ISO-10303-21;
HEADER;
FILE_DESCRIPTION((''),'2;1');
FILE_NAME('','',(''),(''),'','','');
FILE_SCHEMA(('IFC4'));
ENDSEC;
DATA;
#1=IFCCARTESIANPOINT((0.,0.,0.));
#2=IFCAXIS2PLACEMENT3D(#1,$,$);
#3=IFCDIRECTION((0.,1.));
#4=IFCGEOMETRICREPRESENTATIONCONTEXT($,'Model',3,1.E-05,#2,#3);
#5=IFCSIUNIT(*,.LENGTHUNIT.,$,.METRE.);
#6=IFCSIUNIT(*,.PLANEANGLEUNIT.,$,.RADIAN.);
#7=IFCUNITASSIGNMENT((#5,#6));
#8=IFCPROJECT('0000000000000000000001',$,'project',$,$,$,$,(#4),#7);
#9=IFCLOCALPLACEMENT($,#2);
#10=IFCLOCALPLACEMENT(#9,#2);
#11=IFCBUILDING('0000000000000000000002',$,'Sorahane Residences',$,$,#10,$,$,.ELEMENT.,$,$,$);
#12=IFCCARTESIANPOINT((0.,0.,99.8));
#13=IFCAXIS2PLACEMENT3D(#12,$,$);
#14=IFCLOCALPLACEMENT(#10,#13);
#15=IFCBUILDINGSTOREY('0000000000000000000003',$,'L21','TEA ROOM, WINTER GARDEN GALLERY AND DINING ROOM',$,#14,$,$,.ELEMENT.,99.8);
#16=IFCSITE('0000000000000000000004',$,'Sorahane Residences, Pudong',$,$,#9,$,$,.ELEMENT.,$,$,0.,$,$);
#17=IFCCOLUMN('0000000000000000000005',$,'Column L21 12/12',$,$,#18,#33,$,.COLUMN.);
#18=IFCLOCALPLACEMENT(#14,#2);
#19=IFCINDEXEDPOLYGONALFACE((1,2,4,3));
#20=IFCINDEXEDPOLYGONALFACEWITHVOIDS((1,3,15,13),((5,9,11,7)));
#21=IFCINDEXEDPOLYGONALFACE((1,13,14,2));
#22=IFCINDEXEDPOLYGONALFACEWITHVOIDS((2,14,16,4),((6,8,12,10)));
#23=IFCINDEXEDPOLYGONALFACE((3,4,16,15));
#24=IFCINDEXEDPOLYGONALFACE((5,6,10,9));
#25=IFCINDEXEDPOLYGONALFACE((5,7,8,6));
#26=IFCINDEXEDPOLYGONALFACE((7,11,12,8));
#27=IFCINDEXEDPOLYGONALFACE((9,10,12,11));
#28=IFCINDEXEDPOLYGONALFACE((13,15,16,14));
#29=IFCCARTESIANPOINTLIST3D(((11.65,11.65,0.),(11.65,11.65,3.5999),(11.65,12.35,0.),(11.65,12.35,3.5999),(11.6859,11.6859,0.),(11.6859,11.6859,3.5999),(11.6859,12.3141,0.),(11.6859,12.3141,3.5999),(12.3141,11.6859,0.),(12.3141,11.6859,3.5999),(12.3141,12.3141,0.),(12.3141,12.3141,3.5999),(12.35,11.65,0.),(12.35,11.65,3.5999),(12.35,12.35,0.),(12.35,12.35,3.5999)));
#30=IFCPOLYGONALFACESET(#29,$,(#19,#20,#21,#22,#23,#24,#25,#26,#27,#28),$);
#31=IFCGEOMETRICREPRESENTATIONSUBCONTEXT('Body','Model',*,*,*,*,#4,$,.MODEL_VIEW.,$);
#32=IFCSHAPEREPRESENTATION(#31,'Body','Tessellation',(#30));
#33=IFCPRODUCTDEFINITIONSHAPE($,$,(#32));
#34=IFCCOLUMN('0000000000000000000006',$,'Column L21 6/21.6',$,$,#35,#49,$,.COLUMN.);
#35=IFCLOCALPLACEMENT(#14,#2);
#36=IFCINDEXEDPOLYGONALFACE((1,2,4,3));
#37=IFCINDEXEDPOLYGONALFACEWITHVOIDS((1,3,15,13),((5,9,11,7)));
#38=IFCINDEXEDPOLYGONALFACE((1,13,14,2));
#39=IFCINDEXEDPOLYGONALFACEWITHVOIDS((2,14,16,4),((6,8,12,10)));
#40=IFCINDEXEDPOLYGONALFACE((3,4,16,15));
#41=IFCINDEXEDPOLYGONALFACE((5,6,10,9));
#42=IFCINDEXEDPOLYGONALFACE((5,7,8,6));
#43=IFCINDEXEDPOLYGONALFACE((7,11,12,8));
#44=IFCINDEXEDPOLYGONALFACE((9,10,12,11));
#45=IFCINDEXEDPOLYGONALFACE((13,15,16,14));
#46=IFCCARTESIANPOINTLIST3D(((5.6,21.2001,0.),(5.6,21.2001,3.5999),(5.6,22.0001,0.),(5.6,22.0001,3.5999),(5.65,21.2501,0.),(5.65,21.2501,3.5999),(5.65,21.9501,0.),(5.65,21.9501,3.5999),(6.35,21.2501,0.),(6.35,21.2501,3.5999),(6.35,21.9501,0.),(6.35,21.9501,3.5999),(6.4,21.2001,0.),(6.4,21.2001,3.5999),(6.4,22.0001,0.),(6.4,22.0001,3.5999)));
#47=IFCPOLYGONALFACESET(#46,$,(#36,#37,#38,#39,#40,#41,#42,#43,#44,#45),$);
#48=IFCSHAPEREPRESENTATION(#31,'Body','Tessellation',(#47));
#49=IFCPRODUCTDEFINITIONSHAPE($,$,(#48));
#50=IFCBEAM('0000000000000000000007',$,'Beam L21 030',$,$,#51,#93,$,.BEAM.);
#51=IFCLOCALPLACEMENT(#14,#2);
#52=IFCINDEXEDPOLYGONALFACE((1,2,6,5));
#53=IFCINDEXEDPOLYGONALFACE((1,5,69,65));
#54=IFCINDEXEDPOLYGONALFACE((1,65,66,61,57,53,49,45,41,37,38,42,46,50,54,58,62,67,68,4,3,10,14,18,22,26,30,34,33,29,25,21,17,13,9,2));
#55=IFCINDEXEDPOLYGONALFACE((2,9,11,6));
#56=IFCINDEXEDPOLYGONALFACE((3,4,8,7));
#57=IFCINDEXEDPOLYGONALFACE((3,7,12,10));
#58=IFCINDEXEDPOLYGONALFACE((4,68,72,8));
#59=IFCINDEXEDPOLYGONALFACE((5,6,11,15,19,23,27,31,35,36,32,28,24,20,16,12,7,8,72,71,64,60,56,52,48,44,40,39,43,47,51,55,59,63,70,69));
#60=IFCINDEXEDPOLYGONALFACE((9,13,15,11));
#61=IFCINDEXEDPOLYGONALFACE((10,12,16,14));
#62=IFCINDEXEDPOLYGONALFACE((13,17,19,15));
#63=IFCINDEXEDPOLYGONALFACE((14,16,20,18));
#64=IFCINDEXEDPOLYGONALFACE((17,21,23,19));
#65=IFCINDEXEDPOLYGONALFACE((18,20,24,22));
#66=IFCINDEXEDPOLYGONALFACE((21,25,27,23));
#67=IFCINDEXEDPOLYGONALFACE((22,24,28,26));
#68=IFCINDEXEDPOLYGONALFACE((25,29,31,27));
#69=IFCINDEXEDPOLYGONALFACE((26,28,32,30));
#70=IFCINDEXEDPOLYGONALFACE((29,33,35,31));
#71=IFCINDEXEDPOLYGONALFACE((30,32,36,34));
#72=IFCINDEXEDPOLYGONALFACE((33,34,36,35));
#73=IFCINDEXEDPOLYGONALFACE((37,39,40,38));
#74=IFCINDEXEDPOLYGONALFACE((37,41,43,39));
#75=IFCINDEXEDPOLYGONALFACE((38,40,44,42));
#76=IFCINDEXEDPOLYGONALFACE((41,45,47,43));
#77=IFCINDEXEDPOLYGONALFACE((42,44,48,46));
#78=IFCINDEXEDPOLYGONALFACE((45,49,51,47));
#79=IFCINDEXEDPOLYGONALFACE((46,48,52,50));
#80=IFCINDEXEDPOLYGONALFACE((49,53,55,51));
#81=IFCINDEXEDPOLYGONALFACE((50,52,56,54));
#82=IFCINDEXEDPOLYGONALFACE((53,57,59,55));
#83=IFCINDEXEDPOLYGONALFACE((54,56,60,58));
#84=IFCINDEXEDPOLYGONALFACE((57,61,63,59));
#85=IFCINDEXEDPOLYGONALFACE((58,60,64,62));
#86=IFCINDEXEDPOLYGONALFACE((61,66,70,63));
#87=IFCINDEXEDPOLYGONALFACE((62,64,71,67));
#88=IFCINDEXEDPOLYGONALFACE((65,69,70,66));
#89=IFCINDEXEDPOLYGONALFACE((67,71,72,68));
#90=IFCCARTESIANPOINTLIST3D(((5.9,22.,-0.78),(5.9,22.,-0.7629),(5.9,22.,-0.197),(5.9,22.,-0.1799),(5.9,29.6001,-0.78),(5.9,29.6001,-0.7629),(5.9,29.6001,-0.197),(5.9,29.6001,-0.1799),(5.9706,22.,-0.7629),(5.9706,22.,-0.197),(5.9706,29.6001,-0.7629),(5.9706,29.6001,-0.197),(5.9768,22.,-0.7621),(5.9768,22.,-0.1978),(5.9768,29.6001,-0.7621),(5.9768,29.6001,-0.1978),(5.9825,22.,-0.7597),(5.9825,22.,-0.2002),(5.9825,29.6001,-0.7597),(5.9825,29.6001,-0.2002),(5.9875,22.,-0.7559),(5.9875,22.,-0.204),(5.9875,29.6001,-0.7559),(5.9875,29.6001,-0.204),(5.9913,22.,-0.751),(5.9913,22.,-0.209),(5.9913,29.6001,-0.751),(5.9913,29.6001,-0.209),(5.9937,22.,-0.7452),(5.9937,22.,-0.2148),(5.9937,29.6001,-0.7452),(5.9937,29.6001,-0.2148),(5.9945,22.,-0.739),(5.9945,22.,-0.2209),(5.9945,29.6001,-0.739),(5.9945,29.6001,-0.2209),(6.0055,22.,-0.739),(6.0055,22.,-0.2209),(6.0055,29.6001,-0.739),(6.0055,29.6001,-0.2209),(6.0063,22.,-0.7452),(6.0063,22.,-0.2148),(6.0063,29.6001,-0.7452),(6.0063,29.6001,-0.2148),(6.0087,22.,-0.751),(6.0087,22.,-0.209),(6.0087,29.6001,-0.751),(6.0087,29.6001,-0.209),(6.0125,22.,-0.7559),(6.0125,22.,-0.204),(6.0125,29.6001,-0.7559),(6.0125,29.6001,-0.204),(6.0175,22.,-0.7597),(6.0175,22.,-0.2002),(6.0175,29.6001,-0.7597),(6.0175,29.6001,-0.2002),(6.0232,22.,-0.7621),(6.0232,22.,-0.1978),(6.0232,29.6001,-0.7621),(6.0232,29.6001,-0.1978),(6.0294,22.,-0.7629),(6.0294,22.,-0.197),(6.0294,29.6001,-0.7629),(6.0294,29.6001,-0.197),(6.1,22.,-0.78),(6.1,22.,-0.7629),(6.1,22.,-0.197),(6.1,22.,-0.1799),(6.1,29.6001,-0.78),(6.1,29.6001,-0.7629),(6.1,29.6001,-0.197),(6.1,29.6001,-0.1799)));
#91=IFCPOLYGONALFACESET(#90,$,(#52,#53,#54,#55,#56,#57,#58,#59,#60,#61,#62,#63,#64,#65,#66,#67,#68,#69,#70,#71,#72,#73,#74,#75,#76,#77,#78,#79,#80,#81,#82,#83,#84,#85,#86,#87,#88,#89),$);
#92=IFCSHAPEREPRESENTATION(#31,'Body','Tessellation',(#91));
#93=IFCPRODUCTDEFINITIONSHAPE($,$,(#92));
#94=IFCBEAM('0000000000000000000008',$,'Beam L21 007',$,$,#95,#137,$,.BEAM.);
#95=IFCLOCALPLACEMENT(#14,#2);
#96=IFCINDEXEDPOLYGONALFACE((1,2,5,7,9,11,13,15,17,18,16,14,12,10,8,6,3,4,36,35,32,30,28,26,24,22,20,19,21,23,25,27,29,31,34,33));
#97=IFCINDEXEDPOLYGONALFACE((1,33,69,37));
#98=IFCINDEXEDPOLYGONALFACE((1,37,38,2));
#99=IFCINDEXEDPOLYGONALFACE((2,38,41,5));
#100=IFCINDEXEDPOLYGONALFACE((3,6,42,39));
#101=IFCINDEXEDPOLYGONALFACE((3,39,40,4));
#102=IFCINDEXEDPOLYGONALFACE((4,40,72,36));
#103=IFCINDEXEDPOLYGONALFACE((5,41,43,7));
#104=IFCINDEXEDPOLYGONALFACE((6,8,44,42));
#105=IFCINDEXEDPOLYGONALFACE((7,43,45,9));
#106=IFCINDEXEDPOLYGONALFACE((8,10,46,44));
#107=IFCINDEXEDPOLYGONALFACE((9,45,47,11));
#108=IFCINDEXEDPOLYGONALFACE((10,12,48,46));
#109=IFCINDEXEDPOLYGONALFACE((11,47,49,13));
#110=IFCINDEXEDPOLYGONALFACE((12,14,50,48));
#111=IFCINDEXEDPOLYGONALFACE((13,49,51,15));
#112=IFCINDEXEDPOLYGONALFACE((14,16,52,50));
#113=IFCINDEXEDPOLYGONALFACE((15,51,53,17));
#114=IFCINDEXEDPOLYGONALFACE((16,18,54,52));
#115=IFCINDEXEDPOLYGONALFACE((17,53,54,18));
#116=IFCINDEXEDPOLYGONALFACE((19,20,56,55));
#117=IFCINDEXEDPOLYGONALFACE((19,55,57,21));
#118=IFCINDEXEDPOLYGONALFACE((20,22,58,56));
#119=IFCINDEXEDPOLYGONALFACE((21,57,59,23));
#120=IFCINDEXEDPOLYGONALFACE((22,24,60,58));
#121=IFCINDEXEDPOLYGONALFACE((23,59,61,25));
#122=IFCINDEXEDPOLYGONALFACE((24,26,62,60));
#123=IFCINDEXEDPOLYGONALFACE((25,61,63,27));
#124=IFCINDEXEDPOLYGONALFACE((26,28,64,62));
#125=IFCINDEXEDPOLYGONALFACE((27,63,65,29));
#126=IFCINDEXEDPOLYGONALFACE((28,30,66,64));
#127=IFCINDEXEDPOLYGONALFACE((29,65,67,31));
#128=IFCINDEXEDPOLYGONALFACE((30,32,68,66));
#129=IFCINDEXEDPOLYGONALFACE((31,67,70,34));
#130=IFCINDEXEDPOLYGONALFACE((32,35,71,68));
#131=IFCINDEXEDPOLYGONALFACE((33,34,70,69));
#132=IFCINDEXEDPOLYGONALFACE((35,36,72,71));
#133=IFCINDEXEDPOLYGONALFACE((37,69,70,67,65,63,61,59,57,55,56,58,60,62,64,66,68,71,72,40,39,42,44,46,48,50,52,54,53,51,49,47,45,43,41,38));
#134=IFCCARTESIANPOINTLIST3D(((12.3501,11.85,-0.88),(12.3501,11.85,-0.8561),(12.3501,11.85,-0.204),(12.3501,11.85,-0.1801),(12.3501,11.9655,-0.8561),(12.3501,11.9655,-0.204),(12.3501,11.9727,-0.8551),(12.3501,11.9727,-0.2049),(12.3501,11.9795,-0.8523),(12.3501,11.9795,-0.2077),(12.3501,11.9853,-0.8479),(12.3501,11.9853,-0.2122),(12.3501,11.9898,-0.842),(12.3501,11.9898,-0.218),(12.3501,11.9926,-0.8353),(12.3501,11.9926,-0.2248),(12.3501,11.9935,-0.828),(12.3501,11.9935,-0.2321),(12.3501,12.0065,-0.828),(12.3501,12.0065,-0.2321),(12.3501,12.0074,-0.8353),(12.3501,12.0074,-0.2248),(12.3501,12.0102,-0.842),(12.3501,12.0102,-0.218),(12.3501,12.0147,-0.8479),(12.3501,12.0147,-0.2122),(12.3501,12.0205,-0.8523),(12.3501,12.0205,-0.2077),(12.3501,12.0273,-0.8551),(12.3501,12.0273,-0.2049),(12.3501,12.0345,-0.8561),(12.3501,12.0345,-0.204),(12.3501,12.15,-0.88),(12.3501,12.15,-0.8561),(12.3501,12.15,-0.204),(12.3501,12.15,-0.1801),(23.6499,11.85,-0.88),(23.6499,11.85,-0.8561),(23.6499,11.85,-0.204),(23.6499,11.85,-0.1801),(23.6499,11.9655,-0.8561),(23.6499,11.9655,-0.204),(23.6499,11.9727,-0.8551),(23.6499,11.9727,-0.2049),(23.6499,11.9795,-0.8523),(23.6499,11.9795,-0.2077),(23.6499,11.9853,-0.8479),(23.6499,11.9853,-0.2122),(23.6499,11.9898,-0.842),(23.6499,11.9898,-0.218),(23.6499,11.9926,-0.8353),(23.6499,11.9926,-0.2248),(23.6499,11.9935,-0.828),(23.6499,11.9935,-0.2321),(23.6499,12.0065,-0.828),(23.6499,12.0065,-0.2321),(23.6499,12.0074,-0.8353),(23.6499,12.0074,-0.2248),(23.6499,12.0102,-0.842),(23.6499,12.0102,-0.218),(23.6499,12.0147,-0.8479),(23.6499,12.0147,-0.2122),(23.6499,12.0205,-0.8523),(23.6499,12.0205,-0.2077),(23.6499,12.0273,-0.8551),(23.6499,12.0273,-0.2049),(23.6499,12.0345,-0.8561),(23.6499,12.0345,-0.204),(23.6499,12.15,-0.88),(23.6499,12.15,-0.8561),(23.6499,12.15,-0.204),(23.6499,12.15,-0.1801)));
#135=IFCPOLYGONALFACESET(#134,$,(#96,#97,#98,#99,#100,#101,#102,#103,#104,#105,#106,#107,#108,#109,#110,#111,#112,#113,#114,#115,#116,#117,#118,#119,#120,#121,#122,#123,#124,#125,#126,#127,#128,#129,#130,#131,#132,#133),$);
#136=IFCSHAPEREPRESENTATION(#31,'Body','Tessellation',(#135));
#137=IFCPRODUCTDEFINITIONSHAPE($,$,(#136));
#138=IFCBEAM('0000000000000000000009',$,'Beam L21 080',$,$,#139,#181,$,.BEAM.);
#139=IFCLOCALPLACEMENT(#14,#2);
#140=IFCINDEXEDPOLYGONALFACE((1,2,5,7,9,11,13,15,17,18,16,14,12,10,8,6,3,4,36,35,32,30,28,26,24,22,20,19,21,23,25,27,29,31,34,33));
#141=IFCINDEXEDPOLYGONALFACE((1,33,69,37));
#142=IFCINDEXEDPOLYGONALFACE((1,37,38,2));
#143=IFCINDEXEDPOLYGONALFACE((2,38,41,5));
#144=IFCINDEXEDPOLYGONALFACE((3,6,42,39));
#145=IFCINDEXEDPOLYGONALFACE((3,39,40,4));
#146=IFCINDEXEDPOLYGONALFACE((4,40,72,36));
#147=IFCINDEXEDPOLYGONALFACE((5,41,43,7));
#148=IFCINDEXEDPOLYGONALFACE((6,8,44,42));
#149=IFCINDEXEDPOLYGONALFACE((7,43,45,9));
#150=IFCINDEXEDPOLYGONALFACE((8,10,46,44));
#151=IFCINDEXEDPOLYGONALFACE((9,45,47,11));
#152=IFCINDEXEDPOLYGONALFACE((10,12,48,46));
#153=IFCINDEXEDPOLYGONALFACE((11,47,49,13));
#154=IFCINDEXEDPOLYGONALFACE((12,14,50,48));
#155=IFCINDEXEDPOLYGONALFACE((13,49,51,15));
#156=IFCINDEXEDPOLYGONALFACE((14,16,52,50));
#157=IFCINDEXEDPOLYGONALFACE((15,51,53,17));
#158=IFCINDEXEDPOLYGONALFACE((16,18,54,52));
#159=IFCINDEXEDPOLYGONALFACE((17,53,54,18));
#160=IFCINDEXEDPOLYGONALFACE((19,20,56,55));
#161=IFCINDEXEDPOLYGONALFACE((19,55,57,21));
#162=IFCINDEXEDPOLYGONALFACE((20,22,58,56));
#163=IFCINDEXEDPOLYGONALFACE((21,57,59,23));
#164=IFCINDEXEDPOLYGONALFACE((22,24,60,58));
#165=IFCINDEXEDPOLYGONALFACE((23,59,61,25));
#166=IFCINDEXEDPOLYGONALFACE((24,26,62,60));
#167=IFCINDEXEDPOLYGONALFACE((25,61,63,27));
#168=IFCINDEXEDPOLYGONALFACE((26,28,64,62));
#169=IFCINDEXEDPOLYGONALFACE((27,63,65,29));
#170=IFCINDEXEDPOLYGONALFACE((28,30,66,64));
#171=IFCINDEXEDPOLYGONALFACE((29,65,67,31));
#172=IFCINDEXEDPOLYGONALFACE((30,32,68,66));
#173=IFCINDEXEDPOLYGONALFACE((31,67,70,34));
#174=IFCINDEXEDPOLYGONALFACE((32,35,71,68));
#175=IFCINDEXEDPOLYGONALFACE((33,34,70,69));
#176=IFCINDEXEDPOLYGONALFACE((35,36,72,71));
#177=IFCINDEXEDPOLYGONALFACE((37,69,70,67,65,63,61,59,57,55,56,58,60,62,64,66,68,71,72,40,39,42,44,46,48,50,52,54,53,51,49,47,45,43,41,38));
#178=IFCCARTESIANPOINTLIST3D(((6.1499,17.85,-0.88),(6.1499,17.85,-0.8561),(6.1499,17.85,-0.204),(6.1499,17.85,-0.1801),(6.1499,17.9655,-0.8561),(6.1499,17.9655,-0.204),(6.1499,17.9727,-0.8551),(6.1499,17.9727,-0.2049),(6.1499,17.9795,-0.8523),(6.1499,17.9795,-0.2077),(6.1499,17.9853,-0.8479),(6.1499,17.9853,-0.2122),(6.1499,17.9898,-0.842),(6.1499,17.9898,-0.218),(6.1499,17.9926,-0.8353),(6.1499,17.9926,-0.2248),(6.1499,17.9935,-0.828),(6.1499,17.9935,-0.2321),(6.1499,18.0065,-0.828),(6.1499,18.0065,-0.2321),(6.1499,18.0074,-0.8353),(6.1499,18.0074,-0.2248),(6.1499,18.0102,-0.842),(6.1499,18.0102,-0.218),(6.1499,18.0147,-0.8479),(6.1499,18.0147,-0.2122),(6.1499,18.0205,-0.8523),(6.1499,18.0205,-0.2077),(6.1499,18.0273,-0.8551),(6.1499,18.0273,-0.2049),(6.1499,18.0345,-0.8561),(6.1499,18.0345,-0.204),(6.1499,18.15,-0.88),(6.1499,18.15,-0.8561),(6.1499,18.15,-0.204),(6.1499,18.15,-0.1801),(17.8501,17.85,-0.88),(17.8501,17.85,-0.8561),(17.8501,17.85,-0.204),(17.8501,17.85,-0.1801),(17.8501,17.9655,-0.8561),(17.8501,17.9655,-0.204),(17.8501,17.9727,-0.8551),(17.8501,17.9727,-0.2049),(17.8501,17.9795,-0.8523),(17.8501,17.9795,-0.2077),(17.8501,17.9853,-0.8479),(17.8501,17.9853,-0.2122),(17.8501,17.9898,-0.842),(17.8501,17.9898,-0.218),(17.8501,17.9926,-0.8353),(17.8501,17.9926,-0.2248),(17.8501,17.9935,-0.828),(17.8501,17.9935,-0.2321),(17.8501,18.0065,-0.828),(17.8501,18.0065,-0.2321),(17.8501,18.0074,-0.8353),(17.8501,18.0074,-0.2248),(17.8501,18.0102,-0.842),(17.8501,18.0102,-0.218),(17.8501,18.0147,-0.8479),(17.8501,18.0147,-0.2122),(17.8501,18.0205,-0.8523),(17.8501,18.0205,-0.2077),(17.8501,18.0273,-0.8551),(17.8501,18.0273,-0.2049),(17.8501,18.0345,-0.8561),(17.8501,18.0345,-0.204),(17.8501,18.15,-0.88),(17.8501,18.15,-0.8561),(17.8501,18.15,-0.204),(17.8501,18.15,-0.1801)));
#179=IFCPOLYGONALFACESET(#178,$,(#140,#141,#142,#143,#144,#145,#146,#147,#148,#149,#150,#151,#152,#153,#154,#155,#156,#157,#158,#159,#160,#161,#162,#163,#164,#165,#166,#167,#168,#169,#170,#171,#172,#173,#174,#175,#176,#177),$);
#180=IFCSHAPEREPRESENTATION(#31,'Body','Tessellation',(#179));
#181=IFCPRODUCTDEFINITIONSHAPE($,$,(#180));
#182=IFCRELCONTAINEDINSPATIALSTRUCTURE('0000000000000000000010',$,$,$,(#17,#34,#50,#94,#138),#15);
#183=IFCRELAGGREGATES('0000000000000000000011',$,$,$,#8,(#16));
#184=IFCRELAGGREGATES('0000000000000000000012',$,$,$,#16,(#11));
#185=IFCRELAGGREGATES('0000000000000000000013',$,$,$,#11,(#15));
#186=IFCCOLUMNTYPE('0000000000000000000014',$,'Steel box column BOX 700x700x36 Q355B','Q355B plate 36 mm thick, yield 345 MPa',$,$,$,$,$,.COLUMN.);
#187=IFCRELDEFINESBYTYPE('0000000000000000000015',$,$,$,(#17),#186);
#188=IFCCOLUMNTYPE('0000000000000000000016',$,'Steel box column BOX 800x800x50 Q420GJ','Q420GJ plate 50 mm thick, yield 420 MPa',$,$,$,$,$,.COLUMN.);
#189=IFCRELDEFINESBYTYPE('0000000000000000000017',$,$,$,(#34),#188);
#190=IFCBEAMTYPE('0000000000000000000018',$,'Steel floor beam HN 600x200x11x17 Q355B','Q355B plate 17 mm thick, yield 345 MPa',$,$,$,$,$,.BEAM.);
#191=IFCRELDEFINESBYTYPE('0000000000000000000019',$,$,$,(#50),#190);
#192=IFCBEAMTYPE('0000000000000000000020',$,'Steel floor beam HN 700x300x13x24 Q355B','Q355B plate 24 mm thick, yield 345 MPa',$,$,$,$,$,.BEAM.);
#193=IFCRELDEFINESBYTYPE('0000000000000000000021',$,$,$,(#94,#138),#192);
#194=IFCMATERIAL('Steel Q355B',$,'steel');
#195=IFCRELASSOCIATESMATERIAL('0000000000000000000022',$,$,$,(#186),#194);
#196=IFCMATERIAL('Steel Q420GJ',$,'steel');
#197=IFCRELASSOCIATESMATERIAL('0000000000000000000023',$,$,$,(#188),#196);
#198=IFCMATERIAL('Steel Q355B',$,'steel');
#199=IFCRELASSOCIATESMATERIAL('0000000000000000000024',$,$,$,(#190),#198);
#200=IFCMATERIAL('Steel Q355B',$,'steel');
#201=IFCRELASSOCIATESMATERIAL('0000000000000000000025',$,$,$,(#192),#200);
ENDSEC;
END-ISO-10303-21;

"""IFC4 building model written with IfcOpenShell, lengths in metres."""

from ifc_helpers import new_model, si_unit, direction, frame, origin, origin_2d, place, context, subcontext, project, spatial, hollow_rectangle, i_section, extrude, material, material_profile, profile_set, type_object, element, save


model = new_model("IFC4")

# Units and contexts
model_context = context("Model", 3, precision=1e-05, world=origin(), true_north=direction((0.0, 1.0)))
body_context = subcontext(model_context, "Body", "Model", "MODEL_VIEW")
ifc_project = project(units=[si_unit("LENGTHUNIT", "METRE"), si_unit("PLANEANGLEUNIT", "RADIAN")], contexts=[model_context])

# Site, building, storey
site_placement = place(None, origin())
site = spatial("IfcSite", under=ifc_project, at=site_placement, Name="Sorahane Residences, Pudong", CompositionType="ELEMENT", RefElevation=0.0)
building_placement = place(site_placement, origin())
building = spatial("IfcBuilding", under=site, at=building_placement, Name="Sorahane Residences", CompositionType="ELEMENT")
storey_placement = place(building_placement, frame((0.0, 0.0, 99.8)))
storey = spatial("IfcBuildingStorey", under=building, at=storey_placement, Name="L21", Description="TEA ROOM, WINTER GARDEN GALLERY AND DINING ROOM", CompositionType="ELEMENT", Elevation=99.8)

# Columns
ifc_material_1 = material(Name="Steel Q355B", Category="steel")
ifc_material_profile_1 = material_profile(ifc_material_1, hollow_rectangle(XDim=0.7, YDim=0.7, WallThickness=0.0359, at=origin_2d()), Name="BOX 700x700x36")
ifc_profile_set_1 = profile_set([ifc_material_profile_1], Name="Steel Q355B")
column_type_1 = type_object("IfcColumnType", Name="Steel box column BOX 700x700x36 Q355B", Description="Q355B plate 36 mm thick, yield 345 MPa", PredefinedType="COLUMN", material=ifc_profile_set_1)
column_1_placement = place(storey_placement, frame((12.0, 12.0, 0.0), z_axis=(0.0, 0.0, 1.0), x_axis=(1.0, 0.0, 0.0)))
element("IfcColumn", 1, at=column_1_placement, inside=storey, type_object=column_type_1, Name="Column L21 12/12", PredefinedType="COLUMN", context=body_context, shape_type="SweptSolid", body=[
    extrude(hollow_rectangle(XDim=0.7, YDim=0.7, WallThickness=0.0359, at=origin_2d()), origin(), (0.0, 0.0, 1.0), 3.5999),
])
ifc_material_2 = material(Name="Steel Q420GJ", Category="steel")
ifc_material_profile_2 = material_profile(ifc_material_2, hollow_rectangle(XDim=0.8, YDim=0.8, WallThickness=0.05, at=origin_2d()), Name="BOX 800x800x50")
ifc_profile_set_2 = profile_set([ifc_material_profile_2], Name="Steel Q420GJ")
column_type_2 = type_object("IfcColumnType", Name="Steel box column BOX 800x800x50 Q420GJ", Description="Q420GJ plate 50 mm thick, yield 420 MPa", PredefinedType="COLUMN", material=ifc_profile_set_2)
column_2_placement = place(storey_placement, frame((6.0, 21.6001, 0.0), z_axis=(0.0, 0.0, 1.0), x_axis=(1.0, 0.0, 0.0)))
element("IfcColumn", 2, at=column_2_placement, inside=storey, type_object=column_type_2, Name="Column L21 6/21.6", PredefinedType="COLUMN", context=body_context, shape_type="SweptSolid", body=[
    extrude(hollow_rectangle(XDim=0.8, YDim=0.8, WallThickness=0.05, at=origin_2d()), origin(), (0.0, 0.0, 1.0), 3.5999),
])

# Beams
ifc_material_3 = material(Name="Steel Q355B", Category="steel")
ifc_material_profile_3 = material_profile(ifc_material_3, i_section(OverallWidth=0.2, OverallDepth=0.6001, WebThickness=0.011, FlangeThickness=0.0171, FilletRadius=0.0239, at=origin_2d()), Name="HN 600x200x11x17")
ifc_profile_set_3 = profile_set([ifc_material_profile_3], Name="Steel Q355B")
beam_type_1 = type_object("IfcBeamType", Name="Steel floor beam HN 600x200x11x17 Q355B", Description="Q355B plate 17 mm thick, yield 345 MPa", PredefinedType="BEAM", material=ifc_profile_set_3)
beam_1_placement = place(storey_placement, frame((6.0, 22.0, -0.48), z_axis=(0.0, 1.0, 0.0), x_axis=(-1.0, 0.0, 0.0)))
element("IfcBeam", 3, at=beam_1_placement, inside=storey, type_object=beam_type_1, Name="Beam L21 030", PredefinedType="BEAM", context=body_context, shape_type="SweptSolid", body=[
    extrude(i_section(OverallWidth=0.2, OverallDepth=0.6001, WebThickness=0.011, FlangeThickness=0.0171, FilletRadius=0.0239, at=origin_2d()), origin(), (0.0, 0.0, 1.0), 7.6001),
])
ifc_material_4 = material(Name="Steel Q355B", Category="steel")
ifc_material_profile_4 = material_profile(ifc_material_4, i_section(OverallWidth=0.3, OverallDepth=0.7, WebThickness=0.0129, FlangeThickness=0.0239, FilletRadius=0.0281, at=origin_2d()), Name="HN 700x300x13x24")
ifc_profile_set_4 = profile_set([ifc_material_profile_4], Name="Steel Q355B")
beam_type_2 = type_object("IfcBeamType", Name="Steel floor beam HN 700x300x13x24 Q355B", Description="Q355B plate 24 mm thick, yield 345 MPa", PredefinedType="BEAM", material=ifc_profile_set_4)
beam_2_placement = place(storey_placement, frame((12.3501, 12.0, -0.53), z_axis=(1.0, 0.0, 0.0), x_axis=(0.0, 1.0, 0.0)))
element("IfcBeam", 4, at=beam_2_placement, inside=storey, type_object=beam_type_2, Name="Beam L21 007", PredefinedType="BEAM", context=body_context, shape_type="SweptSolid", body=[
    extrude(i_section(OverallWidth=0.3, OverallDepth=0.7, WebThickness=0.0129, FlangeThickness=0.0239, FilletRadius=0.0281, at=origin_2d()), origin(), (0.0, 0.0, 1.0), 11.2998),
])
beam_3_placement = place(storey_placement, frame((6.1499, 18.0, -0.53), z_axis=(1.0, 0.0, 0.0), x_axis=(0.0, 1.0, 0.0)))
element("IfcBeam", 5, at=beam_3_placement, inside=storey, type_object=beam_type_2, Name="Beam L21 080", PredefinedType="BEAM", context=body_context, shape_type="SweptSolid", body=[
    extrude(i_section(OverallWidth=0.3, OverallDepth=0.7, WebThickness=0.0129, FlangeThickness=0.0239, FilletRadius=0.0281, at=origin_2d()), origin(), (0.0, 0.0, 1.0), 11.7002),
])

save(model, "model.ifc")
